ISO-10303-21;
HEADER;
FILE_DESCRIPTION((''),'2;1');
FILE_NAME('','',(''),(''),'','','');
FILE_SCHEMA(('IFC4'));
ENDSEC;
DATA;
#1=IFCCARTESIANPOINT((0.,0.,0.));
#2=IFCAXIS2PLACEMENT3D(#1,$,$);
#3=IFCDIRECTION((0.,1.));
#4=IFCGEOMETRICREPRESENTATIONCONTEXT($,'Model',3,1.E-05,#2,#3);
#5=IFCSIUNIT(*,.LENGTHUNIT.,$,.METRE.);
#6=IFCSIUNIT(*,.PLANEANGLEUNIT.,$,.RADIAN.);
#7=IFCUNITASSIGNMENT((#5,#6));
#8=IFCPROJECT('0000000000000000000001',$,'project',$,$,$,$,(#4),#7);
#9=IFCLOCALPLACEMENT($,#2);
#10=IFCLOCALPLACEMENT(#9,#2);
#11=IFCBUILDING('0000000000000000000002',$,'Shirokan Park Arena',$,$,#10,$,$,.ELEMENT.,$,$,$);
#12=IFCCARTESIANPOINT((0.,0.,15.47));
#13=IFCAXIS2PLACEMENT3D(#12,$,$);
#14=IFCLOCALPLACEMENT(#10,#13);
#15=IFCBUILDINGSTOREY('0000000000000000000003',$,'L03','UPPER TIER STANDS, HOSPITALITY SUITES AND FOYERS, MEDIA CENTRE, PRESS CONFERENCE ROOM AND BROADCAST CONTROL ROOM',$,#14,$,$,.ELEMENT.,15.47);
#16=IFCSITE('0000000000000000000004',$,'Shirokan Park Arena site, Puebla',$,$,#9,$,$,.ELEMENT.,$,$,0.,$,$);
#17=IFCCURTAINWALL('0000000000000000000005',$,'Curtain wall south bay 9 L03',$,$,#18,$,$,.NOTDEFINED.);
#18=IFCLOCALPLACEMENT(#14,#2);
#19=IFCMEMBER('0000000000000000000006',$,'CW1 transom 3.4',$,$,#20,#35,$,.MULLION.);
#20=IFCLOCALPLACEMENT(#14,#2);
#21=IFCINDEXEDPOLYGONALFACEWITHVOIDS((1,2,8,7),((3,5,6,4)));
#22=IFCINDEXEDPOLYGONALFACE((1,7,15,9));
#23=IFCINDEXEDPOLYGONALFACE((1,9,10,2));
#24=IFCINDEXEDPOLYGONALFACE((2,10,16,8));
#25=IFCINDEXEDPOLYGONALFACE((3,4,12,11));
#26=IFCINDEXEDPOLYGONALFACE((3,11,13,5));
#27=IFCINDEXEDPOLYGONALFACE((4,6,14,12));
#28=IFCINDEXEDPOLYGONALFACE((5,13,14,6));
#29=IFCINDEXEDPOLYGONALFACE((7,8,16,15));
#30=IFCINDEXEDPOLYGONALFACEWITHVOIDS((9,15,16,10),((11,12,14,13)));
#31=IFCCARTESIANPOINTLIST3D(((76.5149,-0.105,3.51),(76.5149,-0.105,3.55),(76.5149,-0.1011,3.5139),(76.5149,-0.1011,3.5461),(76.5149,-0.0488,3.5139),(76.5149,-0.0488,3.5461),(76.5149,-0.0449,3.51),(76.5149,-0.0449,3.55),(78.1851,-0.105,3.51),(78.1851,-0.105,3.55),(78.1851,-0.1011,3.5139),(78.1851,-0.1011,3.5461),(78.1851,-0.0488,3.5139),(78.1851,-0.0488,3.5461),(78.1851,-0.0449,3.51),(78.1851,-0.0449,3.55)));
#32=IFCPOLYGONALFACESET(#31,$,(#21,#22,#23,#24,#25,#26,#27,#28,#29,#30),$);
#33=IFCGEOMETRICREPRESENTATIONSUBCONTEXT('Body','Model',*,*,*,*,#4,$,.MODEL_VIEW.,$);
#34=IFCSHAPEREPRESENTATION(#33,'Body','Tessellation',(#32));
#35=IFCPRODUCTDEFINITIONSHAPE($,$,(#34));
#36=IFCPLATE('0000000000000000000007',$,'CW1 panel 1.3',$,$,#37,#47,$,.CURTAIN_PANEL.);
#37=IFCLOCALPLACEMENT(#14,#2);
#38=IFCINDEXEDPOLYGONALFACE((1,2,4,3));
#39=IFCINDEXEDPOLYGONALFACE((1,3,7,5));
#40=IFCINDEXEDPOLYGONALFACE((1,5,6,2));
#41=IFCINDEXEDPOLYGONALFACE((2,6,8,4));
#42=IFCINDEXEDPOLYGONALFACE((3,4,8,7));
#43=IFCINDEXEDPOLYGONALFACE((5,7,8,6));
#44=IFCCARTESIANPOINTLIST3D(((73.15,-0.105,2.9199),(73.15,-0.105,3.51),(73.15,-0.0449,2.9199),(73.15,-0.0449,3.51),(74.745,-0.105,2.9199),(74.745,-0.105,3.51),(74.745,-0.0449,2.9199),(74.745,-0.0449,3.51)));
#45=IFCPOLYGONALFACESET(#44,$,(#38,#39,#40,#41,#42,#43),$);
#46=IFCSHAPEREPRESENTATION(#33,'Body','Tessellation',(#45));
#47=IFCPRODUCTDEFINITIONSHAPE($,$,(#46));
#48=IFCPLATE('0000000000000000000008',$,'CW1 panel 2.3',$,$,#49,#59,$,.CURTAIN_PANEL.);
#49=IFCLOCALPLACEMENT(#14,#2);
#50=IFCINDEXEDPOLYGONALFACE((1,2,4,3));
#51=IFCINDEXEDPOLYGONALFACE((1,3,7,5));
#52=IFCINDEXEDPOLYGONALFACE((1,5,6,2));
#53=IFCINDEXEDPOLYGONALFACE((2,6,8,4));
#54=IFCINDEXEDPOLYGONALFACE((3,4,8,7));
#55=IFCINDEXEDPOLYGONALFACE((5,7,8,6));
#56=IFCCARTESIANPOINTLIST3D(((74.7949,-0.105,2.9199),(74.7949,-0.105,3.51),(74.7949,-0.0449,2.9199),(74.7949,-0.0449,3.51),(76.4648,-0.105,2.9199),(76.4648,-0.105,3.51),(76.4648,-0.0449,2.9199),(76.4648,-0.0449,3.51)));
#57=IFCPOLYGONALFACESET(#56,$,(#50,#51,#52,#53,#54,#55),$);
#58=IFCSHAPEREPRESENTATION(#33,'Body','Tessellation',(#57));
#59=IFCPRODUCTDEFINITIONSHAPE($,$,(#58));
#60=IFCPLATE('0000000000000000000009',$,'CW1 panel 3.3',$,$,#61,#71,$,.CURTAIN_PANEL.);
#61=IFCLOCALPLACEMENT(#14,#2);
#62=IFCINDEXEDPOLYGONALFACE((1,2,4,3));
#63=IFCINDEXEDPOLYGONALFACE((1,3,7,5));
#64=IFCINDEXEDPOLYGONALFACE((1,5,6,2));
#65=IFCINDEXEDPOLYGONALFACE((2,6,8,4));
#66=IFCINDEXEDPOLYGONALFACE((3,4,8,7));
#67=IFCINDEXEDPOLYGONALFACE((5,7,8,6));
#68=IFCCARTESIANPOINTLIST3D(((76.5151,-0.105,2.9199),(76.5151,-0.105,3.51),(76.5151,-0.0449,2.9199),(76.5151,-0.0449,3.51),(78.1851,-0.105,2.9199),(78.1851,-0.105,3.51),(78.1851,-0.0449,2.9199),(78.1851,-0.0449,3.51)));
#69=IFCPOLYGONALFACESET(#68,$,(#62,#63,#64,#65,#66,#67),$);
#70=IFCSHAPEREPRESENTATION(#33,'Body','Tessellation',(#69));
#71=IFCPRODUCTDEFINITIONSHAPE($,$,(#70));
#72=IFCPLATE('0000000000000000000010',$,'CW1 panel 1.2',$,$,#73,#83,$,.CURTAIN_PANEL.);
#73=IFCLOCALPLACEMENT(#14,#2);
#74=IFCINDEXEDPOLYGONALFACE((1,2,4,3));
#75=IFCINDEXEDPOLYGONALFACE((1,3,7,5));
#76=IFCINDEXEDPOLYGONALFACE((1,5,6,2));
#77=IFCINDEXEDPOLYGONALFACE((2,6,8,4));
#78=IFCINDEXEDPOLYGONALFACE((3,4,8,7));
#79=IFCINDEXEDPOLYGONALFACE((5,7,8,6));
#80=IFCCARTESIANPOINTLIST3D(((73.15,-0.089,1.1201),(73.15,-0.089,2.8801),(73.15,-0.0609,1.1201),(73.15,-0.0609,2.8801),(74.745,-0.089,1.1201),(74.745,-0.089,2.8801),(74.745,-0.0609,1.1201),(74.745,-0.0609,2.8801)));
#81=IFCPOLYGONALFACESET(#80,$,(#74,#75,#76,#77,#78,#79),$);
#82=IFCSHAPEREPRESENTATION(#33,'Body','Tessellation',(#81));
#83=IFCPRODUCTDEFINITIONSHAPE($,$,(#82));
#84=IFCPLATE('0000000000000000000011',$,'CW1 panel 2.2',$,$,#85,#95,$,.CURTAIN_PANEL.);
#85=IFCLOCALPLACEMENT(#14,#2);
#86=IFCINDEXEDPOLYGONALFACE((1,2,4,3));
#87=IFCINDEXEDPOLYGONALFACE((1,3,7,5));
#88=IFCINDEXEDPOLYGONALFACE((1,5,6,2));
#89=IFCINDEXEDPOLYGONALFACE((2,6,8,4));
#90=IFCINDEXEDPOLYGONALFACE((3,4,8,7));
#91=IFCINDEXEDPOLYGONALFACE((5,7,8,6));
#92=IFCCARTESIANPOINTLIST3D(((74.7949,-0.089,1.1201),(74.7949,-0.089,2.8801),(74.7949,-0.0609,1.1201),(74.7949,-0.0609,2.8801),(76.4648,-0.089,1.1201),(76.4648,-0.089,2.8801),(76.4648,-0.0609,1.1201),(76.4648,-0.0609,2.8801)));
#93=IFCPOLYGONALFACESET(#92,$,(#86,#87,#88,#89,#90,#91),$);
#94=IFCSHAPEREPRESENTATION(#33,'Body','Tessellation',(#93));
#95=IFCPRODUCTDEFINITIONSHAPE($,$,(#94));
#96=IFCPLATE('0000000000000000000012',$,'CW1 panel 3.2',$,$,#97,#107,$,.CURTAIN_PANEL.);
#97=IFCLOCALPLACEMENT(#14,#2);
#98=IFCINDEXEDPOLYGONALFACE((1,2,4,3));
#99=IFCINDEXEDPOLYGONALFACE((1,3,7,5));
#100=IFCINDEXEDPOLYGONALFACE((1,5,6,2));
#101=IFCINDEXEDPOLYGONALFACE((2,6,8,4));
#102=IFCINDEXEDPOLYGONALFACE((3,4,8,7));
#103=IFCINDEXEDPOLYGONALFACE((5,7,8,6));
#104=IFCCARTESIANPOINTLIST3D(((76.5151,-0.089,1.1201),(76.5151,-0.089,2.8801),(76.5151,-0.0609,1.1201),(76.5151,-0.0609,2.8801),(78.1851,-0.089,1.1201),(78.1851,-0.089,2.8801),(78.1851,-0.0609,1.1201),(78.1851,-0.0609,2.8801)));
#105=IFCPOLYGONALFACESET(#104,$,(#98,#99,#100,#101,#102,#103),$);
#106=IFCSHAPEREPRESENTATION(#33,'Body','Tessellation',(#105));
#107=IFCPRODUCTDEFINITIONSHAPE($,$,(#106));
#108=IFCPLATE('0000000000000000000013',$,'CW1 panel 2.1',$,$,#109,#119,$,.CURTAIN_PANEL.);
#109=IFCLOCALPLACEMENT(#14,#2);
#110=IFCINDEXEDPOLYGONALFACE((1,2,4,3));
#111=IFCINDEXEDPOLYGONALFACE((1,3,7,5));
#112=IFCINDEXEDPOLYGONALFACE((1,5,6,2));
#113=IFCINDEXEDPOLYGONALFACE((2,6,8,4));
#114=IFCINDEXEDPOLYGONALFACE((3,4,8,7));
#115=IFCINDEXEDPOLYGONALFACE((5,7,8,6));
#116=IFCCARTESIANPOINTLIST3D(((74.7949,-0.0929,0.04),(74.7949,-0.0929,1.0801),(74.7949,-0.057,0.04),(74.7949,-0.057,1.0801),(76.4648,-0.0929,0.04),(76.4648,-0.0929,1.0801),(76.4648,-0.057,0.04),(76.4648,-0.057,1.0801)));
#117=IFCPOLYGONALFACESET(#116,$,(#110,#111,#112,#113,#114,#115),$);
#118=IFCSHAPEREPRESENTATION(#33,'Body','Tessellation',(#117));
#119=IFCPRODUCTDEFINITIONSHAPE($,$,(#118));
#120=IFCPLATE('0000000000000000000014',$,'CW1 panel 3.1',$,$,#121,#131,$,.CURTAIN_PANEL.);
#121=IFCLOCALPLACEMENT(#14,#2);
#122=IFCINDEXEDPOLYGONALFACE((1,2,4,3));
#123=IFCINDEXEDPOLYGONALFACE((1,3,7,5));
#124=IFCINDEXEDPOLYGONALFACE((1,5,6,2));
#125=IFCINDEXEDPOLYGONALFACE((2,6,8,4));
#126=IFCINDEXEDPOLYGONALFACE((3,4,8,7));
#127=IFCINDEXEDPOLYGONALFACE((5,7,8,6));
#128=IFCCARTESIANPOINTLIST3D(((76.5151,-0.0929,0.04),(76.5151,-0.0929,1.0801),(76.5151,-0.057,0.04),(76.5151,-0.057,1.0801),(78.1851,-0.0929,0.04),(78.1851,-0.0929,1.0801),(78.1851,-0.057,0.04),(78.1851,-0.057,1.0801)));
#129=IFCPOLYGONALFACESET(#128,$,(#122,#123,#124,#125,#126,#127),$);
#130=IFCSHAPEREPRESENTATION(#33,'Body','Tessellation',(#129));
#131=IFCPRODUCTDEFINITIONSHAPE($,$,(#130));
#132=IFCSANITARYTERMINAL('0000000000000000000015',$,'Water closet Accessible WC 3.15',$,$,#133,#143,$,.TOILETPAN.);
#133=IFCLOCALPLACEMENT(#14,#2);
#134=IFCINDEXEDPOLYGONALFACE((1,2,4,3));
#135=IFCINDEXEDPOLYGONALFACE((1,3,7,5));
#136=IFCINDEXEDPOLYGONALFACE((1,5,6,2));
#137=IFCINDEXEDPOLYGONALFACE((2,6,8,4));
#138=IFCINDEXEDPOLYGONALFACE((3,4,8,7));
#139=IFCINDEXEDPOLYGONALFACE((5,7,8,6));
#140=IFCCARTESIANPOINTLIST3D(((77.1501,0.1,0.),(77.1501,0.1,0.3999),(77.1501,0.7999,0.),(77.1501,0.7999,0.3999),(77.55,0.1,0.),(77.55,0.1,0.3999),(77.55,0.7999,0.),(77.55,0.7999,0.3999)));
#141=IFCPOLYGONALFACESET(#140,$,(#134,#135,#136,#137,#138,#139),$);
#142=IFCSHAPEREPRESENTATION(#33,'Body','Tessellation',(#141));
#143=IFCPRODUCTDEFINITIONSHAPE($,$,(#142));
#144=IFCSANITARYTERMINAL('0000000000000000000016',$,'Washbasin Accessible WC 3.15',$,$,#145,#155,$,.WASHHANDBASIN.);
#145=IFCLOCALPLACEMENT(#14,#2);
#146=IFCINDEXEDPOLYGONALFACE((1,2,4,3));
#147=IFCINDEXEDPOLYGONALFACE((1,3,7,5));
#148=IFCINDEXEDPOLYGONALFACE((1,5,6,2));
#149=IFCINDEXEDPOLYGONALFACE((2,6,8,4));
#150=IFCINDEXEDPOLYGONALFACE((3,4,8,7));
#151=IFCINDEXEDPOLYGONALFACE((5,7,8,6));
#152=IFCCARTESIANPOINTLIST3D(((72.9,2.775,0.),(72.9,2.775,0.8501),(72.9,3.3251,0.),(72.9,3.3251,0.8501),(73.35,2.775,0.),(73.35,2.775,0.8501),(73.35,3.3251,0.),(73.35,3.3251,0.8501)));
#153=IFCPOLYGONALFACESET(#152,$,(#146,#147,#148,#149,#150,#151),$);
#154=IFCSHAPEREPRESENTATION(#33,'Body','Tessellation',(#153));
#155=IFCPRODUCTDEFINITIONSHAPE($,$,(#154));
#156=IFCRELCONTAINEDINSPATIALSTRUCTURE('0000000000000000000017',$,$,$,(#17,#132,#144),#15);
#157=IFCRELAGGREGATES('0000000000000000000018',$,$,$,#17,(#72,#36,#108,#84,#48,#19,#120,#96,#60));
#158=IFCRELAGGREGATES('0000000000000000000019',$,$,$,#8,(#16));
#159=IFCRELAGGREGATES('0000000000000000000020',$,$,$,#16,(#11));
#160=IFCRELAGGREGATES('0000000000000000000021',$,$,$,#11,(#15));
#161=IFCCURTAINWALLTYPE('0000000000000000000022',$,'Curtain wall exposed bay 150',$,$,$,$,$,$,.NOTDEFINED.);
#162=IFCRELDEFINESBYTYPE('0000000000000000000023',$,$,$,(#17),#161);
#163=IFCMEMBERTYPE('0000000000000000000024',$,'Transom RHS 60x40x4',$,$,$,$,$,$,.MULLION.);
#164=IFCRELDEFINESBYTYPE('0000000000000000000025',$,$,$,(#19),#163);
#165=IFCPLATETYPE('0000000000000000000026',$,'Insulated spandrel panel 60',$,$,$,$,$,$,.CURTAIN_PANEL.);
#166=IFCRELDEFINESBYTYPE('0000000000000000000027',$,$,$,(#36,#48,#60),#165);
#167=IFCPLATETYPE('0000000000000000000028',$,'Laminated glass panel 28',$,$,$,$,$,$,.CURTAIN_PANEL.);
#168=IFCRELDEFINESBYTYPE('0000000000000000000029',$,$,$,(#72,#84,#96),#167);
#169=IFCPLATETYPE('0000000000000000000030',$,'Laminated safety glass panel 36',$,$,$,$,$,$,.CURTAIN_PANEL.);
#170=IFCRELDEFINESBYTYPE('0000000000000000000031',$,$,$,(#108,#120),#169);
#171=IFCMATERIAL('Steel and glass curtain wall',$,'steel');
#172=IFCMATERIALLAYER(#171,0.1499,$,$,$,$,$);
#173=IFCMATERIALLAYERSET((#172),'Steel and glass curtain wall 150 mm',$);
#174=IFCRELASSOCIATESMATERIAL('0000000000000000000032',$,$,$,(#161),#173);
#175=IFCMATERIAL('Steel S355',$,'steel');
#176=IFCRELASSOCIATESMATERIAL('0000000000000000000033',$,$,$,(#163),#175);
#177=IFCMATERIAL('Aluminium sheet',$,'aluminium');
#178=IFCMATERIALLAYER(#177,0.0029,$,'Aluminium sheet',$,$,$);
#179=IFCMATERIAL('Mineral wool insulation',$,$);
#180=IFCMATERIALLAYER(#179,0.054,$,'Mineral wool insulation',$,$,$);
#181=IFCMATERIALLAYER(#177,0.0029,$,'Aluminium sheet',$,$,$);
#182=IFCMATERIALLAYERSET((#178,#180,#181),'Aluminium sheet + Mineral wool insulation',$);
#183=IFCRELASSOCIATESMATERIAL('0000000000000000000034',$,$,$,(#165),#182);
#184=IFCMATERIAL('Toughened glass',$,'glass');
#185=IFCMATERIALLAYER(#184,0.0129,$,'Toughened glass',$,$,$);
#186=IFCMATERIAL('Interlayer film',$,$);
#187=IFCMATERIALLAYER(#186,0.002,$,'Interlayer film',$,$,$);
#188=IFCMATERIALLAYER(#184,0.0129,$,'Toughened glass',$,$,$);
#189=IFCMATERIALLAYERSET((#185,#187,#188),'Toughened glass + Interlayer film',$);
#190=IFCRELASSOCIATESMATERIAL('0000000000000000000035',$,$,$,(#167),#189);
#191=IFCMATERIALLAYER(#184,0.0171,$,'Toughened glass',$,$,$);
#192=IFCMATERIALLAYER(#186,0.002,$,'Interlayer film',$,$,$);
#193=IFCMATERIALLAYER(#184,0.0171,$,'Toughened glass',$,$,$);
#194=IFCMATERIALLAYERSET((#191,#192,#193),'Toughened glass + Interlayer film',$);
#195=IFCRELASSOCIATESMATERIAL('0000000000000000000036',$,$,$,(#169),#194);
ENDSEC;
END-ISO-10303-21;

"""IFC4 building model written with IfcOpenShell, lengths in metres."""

from ifc_helpers import new_model, si_unit, direction, frame, origin, origin_2d, place, context, subcontext, project, spatial, rectangle, hollow_rectangle, extrude, material, layer, layer_set, material_profile, profile_set, type_object, element, aggregate, save


model = new_model("IFC4")

# Units and contexts
model_context = context("Model", 3, precision=1e-05, world=origin(), true_north=direction((0.0, 1.0)))
body_context = subcontext(model_context, "Body", "Model", "MODEL_VIEW")
ifc_project = project(units=[si_unit("LENGTHUNIT", "METRE"), si_unit("PLANEANGLEUNIT", "RADIAN")], contexts=[model_context])

# Site, building, storey
site_placement = place(None, origin())
site = spatial("IfcSite", under=ifc_project, at=site_placement, Name="Shirokan Park Arena site, Puebla", CompositionType="ELEMENT", RefElevation=0.0)
building_placement = place(site_placement, origin())
building = spatial("IfcBuilding", under=site, at=building_placement, Name="Shirokan Park Arena", CompositionType="ELEMENT")
storey_placement = place(building_placement, frame((0.0, 0.0, 15.47)))
storey = spatial("IfcBuildingStorey", under=building, at=storey_placement, Name="L03", Description="UPPER TIER STANDS, HOSPITALITY SUITES AND FOYERS, MEDIA CENTRE, PRESS CONFERENCE ROOM AND BROADCAST CONTROL ROOM", CompositionType="ELEMENT", Elevation=15.47)

# Curtain wall
ifc_material_1 = material(Name="Steel and glass curtain wall", Category="steel")
ifc_layer_1 = layer(ifc_material_1, 0.1499)
ifc_layer_set_1 = layer_set([ifc_layer_1], Name="Steel and glass curtain wall 150 mm")
curtain_wall_type = type_object("IfcCurtainWallType", Name="Curtain wall exposed bay 150", PredefinedType="NOTDEFINED", material=ifc_layer_set_1)
curtain_wall_placement = place(storey_placement, origin())
curtain_wall = element("IfcCurtainWall", 1, at=curtain_wall_placement, inside=storey, type_object=curtain_wall_type, Name="Curtain wall south bay 9 L03", PredefinedType="NOTDEFINED")
ifc_material_2 = material(Name="Steel S355", Category="steel")

# Member
ifc_material_profile_1 = material_profile(ifc_material_2, hollow_rectangle(XDim=0.0601, YDim=0.04, WallThickness=0.0039, at=origin_2d()), Name="RHS 60x40x4")
ifc_profile_set_1 = profile_set([ifc_material_profile_1], Name="Steel S355")
member_type_1 = type_object("IfcMemberType", Name="Transom RHS 60x40x4", PredefinedType="MULLION", material=ifc_profile_set_1)
member_1_placement = place(storey_placement, frame((76.5149, -0.075, 3.53), z_axis=(1.0, 0.0, 0.0), x_axis=(0.0, 1.0, 0.0)))
member_1 = element("IfcMember", 2, at=member_1_placement, type_object=member_type_1, Name="CW1 transom 3.4", PredefinedType="MULLION", context=body_context, shape_type="SweptSolid", body=[
    extrude(hollow_rectangle(XDim=0.0601, YDim=0.04, WallThickness=0.0039, at=origin_2d()), origin(), (0.0, 0.0, 1.0), 1.6702),
])

# Plates
ifc_material_3 = material(Name="Aluminium sheet", Category="aluminium")
ifc_layer_2 = layer(ifc_material_3, 0.0029, Name="Aluminium sheet")
ifc_material_4 = material(Name="Mineral wool insulation")
ifc_layer_3 = layer(ifc_material_4, 0.054, Name="Mineral wool insulation")
ifc_layer_4 = layer(ifc_material_3, 0.0029, Name="Aluminium sheet")
ifc_layer_set_2 = layer_set([ifc_layer_2, ifc_layer_3, ifc_layer_4], Name="Aluminium sheet + Mineral wool insulation")
plate_type_1 = type_object("IfcPlateType", Name="Insulated spandrel panel 60", PredefinedType="CURTAIN_PANEL", material=ifc_layer_set_2)
plate_1_placement = place(storey_placement, frame((73.9475, -0.075, 2.9199), z_axis=(0.0, 0.0, 1.0), x_axis=(1.0, 0.0, 0.0)))
plate_1 = element("IfcPlate", 3, at=plate_1_placement, type_object=plate_type_1, Name="CW1 panel 1.3", PredefinedType="CURTAIN_PANEL", context=body_context, shape_type="SweptSolid", body=[
    extrude(rectangle(XDim=1.595, YDim=0.0601, at=origin_2d()), origin(), (0.0, 0.0, 1.0), 0.5901),
])
plate_2_placement = place(storey_placement, frame((75.6299, -0.075, 2.9199), z_axis=(0.0, 0.0, 1.0), x_axis=(1.0, 0.0, 0.0)))
plate_2 = element("IfcPlate", 4, at=plate_2_placement, type_object=plate_type_1, Name="CW1 panel 2.3", PredefinedType="CURTAIN_PANEL", context=body_context, shape_type="SweptSolid", body=[
    extrude(rectangle(XDim=1.6699, YDim=0.0601, at=origin_2d()), origin(), (0.0, 0.0, 1.0), 0.5901),
])
plate_3_placement = place(storey_placement, frame((77.3501, -0.075, 2.9199), z_axis=(0.0, 0.0, 1.0), x_axis=(1.0, 0.0, 0.0)))
plate_3 = element("IfcPlate", 5, at=plate_3_placement, type_object=plate_type_1, Name="CW1 panel 3.3", PredefinedType="CURTAIN_PANEL", context=body_context, shape_type="SweptSolid", body=[
    extrude(rectangle(XDim=1.6699, YDim=0.0601, at=origin_2d()), origin(), (0.0, 0.0, 1.0), 0.5901),
])
ifc_material_5 = material(Name="Toughened glass", Category="glass")
ifc_layer_5 = layer(ifc_material_5, 0.0129, Name="Toughened glass")
ifc_material_6 = material(Name="Interlayer film")
ifc_layer_6 = layer(ifc_material_6, 0.002, Name="Interlayer film")
ifc_layer_7 = layer(ifc_material_5, 0.0129, Name="Toughened glass")
ifc_layer_set_3 = layer_set([ifc_layer_5, ifc_layer_6, ifc_layer_7], Name="Toughened glass + Interlayer film")
plate_type_2 = type_object("IfcPlateType", Name="Laminated glass panel 28", PredefinedType="CURTAIN_PANEL", material=ifc_layer_set_3)
plate_4_placement = place(storey_placement, frame((73.9475, -0.075, 1.1201), z_axis=(0.0, 0.0, 1.0), x_axis=(1.0, 0.0, 0.0)))
plate_4 = element("IfcPlate", 6, at=plate_4_placement, type_object=plate_type_2, Name="CW1 panel 1.2", PredefinedType="CURTAIN_PANEL", context=body_context, shape_type="SweptSolid", body=[
    extrude(rectangle(XDim=1.595, YDim=0.0281, at=origin_2d()), origin(), (0.0, 0.0, 1.0), 1.76),
])
plate_5_placement = place(storey_placement, frame((75.6299, -0.075, 1.1201), z_axis=(0.0, 0.0, 1.0), x_axis=(1.0, 0.0, 0.0)))
plate_5 = element("IfcPlate", 7, at=plate_5_placement, type_object=plate_type_2, Name="CW1 panel 2.2", PredefinedType="CURTAIN_PANEL", context=body_context, shape_type="SweptSolid", body=[
    extrude(rectangle(XDim=1.6699, YDim=0.0281, at=origin_2d()), origin(), (0.0, 0.0, 1.0), 1.76),
])
plate_6_placement = place(storey_placement, frame((77.3501, -0.075, 1.1201), z_axis=(0.0, 0.0, 1.0), x_axis=(1.0, 0.0, 0.0)))
plate_6 = element("IfcPlate", 8, at=plate_6_placement, type_object=plate_type_2, Name="CW1 panel 3.2", PredefinedType="CURTAIN_PANEL", context=body_context, shape_type="SweptSolid", body=[
    extrude(rectangle(XDim=1.6699, YDim=0.0281, at=origin_2d()), origin(), (0.0, 0.0, 1.0), 1.76),
])
ifc_layer_8 = layer(ifc_material_5, 0.0171, Name="Toughened glass")
ifc_layer_9 = layer(ifc_material_6, 0.002, Name="Interlayer film")
ifc_layer_10 = layer(ifc_material_5, 0.0171, Name="Toughened glass")
ifc_layer_set_4 = layer_set([ifc_layer_8, ifc_layer_9, ifc_layer_10], Name="Toughened glass + Interlayer film")
plate_type_3 = type_object("IfcPlateType", Name="Laminated safety glass panel 36", PredefinedType="CURTAIN_PANEL", material=ifc_layer_set_4)
plate_7_placement = place(storey_placement, frame((75.6299, -0.075, 0.04), z_axis=(0.0, 0.0, 1.0), x_axis=(1.0, 0.0, 0.0)))
plate_7 = element("IfcPlate", 9, at=plate_7_placement, type_object=plate_type_3, Name="CW1 panel 2.1", PredefinedType="CURTAIN_PANEL", context=body_context, shape_type="SweptSolid", body=[
    extrude(rectangle(XDim=1.6699, YDim=0.0359, at=origin_2d()), origin(), (0.0, 0.0, 1.0), 1.04),
])
plate_8_placement = place(storey_placement, frame((77.3501, -0.075, 0.04), z_axis=(0.0, 0.0, 1.0), x_axis=(1.0, 0.0, 0.0)))
plate_8 = element("IfcPlate", 10, at=plate_8_placement, type_object=plate_type_3, Name="CW1 panel 3.1", PredefinedType="CURTAIN_PANEL", context=body_context, shape_type="SweptSolid", body=[
    extrude(rectangle(XDim=1.6699, YDim=0.0359, at=origin_2d()), origin(), (0.0, 0.0, 1.0), 1.04),
])
aggregate(curtain_wall, [plate_4, plate_1, plate_7, plate_5, plate_2, member_1, plate_8, plate_6, plate_3])

# Sanitary terminals
sanitary_terminal_1_placement = place(storey_placement, frame((77.3501, 0.45, 0.0), z_axis=(0.0, 0.0, 1.0), x_axis=(1.0, 0.0, 0.0)))
element("IfcSanitaryTerminal", 11, at=sanitary_terminal_1_placement, inside=storey, Name="Water closet Accessible WC 3.15", PredefinedType="TOILETPAN", context=body_context, shape_type="SweptSolid", body=[
    extrude(rectangle(XDim=0.3999, YDim=0.7, at=origin_2d()), origin(), (0.0, 0.0, 1.0), 0.3999),
])
sanitary_terminal_2_placement = place(storey_placement, frame((73.125, 3.05, 0.0), z_axis=(0.0, 0.0, 1.0), x_axis=(1.0, 0.0, 0.0)))
element("IfcSanitaryTerminal", 12, at=sanitary_terminal_2_placement, inside=storey, Name="Washbasin Accessible WC 3.15", PredefinedType="WASHHANDBASIN", context=body_context, shape_type="SweptSolid", body=[
    extrude(rectangle(XDim=0.45, YDim=0.55, at=origin_2d()), origin(), (0.0, 0.0, 1.0), 0.8501),
])

save(model, "model.ifc")
